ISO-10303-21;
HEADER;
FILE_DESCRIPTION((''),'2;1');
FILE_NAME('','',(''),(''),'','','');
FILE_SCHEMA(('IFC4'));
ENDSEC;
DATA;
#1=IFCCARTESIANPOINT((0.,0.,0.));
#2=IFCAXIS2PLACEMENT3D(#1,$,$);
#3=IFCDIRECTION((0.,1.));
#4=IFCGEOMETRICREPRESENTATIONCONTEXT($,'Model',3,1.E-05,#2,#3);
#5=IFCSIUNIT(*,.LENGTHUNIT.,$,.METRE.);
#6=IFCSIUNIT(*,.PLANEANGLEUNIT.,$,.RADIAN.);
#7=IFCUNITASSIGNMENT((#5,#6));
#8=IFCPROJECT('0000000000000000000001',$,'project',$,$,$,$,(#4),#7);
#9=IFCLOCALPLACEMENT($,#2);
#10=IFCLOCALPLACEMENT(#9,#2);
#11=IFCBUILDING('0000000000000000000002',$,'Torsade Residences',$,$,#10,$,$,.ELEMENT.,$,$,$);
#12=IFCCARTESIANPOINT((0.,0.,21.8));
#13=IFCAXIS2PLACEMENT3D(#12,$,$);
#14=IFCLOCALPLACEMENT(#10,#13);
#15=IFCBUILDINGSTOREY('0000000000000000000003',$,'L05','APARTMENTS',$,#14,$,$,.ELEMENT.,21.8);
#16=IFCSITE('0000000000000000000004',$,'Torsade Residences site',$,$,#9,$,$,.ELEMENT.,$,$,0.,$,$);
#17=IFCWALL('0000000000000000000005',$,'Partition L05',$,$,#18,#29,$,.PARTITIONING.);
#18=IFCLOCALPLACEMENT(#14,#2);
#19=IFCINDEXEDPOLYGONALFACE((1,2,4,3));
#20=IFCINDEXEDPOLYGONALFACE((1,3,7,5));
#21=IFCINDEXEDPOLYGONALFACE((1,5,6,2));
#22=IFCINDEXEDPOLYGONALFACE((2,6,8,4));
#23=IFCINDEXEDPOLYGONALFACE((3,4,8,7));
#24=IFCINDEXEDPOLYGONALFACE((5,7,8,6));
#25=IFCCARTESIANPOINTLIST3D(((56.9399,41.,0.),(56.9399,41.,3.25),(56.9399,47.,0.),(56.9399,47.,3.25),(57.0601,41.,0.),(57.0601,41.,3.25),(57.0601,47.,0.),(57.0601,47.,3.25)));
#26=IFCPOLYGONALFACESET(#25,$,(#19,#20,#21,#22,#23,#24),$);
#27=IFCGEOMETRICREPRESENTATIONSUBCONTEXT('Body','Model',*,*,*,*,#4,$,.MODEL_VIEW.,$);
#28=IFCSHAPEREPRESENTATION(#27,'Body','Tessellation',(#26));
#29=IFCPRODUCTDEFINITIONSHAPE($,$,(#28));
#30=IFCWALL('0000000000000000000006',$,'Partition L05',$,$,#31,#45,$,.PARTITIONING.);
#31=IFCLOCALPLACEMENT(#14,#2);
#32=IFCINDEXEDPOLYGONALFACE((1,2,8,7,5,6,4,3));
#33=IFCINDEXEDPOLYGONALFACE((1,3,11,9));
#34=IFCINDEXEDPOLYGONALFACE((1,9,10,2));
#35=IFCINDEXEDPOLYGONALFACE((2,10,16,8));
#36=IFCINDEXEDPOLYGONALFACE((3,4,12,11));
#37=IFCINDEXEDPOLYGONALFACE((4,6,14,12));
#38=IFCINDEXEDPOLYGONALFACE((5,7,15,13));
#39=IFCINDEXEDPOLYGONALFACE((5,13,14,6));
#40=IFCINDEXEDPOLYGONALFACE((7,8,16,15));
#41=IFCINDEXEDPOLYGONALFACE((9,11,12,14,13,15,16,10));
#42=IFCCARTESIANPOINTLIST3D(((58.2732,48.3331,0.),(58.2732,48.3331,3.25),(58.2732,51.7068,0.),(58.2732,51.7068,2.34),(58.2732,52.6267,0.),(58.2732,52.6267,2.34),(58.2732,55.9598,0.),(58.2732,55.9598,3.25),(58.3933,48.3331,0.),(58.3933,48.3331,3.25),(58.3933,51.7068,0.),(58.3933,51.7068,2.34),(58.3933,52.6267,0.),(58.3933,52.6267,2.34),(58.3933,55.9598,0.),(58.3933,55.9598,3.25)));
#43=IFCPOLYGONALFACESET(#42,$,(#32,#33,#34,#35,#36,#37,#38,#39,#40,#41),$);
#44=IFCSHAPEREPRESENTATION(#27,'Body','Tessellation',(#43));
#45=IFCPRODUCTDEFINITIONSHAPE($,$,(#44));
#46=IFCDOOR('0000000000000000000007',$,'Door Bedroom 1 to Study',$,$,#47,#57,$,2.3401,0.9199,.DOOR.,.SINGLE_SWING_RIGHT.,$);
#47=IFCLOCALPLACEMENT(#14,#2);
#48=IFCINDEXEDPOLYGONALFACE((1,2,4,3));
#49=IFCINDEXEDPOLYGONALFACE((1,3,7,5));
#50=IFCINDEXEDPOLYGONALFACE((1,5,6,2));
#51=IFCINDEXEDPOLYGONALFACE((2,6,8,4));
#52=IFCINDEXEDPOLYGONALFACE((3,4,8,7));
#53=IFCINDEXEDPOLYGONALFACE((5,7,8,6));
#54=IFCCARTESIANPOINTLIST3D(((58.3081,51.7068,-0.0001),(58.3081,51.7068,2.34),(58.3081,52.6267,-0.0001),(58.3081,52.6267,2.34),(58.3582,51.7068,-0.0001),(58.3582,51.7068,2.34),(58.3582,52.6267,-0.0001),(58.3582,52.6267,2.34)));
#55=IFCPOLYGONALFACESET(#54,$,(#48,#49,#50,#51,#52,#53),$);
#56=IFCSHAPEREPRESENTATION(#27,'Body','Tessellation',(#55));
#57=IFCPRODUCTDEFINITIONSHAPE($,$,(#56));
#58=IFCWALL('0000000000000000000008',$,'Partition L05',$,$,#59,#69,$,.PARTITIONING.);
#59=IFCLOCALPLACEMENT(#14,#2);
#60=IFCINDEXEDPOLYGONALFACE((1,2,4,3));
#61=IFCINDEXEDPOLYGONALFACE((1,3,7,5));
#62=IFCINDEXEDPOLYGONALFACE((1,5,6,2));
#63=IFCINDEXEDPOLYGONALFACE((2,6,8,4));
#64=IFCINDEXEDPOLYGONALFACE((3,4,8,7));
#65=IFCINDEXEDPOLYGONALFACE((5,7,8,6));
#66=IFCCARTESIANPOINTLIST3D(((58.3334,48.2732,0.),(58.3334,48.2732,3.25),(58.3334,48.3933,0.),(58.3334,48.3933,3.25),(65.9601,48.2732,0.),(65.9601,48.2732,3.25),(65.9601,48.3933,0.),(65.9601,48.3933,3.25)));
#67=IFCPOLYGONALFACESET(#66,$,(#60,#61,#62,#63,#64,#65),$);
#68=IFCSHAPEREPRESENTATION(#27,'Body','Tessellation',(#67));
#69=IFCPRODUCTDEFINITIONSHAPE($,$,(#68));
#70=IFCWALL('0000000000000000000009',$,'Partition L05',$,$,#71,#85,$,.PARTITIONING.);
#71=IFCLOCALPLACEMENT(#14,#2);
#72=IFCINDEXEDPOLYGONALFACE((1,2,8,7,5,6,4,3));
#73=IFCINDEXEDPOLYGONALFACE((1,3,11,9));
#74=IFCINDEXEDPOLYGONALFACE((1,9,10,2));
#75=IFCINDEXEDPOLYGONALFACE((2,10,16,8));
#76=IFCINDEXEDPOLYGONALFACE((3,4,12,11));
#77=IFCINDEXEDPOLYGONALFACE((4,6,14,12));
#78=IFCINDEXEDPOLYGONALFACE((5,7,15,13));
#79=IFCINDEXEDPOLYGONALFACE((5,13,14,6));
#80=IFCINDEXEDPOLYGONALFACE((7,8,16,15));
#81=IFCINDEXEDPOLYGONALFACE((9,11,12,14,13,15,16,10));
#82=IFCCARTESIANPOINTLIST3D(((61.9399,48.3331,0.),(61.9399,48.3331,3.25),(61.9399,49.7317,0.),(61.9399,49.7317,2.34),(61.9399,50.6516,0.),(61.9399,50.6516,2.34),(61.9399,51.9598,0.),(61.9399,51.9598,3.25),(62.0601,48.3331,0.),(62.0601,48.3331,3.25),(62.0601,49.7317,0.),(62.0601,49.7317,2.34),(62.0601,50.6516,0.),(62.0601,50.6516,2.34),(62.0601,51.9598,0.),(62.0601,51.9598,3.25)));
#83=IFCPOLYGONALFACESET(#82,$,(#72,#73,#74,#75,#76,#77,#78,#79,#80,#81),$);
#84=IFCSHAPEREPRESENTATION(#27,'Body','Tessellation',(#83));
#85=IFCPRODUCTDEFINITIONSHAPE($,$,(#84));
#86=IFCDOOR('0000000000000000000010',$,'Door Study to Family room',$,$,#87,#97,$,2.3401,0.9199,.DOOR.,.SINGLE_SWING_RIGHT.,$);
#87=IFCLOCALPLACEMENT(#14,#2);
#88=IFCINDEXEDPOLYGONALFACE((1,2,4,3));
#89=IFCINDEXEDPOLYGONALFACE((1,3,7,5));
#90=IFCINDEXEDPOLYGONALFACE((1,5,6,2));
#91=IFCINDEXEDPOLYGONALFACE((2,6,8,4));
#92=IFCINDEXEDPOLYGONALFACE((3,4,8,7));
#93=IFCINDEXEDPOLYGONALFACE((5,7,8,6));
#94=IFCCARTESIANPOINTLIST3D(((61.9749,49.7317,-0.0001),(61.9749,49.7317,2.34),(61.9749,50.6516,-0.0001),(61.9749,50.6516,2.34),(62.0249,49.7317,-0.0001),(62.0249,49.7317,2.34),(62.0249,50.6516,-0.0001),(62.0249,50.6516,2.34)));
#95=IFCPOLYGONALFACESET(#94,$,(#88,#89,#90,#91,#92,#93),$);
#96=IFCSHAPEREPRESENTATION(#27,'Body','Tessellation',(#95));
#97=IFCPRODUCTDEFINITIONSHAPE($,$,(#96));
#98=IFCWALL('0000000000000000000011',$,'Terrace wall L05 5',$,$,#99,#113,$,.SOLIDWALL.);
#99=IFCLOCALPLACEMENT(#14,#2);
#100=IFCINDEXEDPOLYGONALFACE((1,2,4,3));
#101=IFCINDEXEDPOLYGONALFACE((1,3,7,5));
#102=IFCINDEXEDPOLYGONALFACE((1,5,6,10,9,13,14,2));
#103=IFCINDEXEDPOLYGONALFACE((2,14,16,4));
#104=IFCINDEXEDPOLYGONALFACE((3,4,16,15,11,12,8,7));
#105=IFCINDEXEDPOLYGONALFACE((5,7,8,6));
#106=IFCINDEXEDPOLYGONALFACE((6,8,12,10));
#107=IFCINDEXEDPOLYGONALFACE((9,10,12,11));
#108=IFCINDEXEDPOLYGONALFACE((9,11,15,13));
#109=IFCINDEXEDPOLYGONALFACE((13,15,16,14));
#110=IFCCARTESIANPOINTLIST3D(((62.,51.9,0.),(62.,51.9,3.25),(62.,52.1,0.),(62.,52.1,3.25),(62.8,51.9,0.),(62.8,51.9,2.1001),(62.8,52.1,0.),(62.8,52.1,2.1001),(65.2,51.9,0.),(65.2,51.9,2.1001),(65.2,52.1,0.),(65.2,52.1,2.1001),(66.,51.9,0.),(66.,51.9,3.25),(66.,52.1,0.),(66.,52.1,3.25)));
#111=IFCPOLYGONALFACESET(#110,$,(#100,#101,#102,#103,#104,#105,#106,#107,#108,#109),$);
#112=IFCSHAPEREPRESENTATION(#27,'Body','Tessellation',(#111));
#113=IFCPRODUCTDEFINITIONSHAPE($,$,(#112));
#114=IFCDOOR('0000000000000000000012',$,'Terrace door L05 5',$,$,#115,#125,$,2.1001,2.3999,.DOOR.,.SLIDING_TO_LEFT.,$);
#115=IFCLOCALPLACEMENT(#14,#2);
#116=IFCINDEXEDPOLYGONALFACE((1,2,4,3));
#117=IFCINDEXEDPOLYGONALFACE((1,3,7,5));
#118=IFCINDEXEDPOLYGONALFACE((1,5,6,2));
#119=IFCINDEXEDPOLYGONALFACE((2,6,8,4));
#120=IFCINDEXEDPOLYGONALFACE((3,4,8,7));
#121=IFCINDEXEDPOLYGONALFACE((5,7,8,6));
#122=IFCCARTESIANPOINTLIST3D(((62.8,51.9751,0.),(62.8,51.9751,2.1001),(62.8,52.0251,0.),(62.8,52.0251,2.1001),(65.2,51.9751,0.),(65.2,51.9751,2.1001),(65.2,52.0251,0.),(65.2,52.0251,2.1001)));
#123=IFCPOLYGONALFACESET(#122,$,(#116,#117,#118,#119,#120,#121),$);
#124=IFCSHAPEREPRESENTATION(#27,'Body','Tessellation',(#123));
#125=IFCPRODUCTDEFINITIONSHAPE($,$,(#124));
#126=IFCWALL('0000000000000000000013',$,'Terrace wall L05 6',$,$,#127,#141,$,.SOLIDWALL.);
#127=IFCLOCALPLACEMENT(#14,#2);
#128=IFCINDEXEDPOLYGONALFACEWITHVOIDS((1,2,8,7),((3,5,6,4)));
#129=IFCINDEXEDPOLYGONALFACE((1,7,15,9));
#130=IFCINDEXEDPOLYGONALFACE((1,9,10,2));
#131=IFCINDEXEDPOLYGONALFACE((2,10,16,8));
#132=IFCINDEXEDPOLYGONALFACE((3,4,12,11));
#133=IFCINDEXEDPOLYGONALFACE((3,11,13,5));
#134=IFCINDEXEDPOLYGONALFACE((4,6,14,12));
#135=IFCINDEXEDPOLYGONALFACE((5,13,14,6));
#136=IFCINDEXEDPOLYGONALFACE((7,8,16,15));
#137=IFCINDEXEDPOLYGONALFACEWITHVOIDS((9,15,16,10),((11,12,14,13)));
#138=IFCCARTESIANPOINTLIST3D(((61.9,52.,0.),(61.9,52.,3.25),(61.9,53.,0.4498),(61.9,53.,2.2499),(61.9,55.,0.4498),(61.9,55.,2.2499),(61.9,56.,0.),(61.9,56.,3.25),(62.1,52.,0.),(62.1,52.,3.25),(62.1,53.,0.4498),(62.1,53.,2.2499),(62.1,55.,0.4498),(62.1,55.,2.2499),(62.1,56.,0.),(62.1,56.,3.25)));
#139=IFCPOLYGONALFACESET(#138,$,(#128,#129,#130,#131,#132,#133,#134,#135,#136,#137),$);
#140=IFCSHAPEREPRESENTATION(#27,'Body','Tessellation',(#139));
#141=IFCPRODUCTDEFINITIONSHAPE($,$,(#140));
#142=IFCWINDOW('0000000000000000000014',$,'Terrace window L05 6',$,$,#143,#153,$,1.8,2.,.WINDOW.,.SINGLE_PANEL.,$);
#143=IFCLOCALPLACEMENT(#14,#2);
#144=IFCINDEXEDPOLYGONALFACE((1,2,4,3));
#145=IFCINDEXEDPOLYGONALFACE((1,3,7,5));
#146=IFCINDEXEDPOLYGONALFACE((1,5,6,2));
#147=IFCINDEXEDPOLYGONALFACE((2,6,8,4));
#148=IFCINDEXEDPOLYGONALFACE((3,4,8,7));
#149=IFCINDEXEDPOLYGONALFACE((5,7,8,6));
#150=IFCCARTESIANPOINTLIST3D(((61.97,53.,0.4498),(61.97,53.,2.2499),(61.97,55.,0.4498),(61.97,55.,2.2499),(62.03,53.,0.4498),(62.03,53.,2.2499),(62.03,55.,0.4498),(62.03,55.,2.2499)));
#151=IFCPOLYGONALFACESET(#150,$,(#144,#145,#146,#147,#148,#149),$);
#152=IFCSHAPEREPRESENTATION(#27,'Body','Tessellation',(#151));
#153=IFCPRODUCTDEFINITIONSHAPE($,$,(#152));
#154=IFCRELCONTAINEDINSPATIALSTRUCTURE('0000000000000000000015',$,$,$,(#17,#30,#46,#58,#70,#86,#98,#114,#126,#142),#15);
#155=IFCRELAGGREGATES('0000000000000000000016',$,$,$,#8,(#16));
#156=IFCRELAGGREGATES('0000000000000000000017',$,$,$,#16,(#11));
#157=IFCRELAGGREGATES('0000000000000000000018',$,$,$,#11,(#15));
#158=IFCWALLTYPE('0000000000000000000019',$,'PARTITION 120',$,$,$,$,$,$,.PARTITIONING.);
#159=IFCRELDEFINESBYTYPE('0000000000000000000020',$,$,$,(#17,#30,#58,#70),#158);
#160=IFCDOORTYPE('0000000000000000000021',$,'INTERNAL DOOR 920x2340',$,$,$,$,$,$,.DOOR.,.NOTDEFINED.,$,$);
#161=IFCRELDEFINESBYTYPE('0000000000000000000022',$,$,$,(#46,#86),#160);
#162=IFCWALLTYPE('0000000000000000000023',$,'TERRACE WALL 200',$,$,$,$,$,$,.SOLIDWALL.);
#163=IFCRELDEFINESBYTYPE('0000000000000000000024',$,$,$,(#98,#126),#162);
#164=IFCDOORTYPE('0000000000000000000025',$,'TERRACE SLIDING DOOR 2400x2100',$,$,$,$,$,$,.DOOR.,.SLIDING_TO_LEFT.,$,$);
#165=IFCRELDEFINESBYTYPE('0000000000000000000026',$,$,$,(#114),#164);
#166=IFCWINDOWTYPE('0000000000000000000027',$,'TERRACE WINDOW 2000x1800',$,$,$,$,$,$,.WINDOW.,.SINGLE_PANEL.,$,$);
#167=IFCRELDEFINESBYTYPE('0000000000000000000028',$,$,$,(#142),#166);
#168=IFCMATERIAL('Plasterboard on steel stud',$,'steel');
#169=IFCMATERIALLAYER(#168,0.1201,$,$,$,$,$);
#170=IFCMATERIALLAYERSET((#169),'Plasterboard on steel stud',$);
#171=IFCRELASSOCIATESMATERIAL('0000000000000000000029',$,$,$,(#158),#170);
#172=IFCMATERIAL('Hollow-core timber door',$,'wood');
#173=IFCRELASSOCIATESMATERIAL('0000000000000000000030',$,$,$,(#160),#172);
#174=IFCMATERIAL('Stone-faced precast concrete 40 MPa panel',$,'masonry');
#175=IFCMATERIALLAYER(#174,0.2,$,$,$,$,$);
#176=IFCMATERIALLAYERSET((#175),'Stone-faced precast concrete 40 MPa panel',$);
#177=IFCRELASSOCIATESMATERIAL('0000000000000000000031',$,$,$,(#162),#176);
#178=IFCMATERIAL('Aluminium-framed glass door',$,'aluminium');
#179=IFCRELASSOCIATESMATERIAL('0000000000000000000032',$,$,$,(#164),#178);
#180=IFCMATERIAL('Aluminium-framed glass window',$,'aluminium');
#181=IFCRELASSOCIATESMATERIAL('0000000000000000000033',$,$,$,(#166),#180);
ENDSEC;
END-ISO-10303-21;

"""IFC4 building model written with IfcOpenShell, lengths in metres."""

from ifc_helpers import new_model, si_unit, direction, frame, frame_2d, origin, place, context, subcontext, project, spatial, rectangle, extrude, material, layer, layer_set, type_object, element, fill, save


model = new_model("IFC4")

# Units and contexts
model_context = context("Model", 3, precision=1e-05, world=origin(), true_north=direction((0.0, 1.0)))
body_context = subcontext(model_context, "Body", "Model", "MODEL_VIEW")
ifc_project = project(units=[si_unit("LENGTHUNIT", "METRE"), si_unit("PLANEANGLEUNIT", "RADIAN")], contexts=[model_context])

# Site, building, storey
site_placement = place(None, origin())
site = spatial("IfcSite", under=ifc_project, at=site_placement, Name="Torsade Residences site", CompositionType="ELEMENT", RefElevation=0.0)
building_placement = place(site_placement, origin())
building = spatial("IfcBuilding", under=site, at=building_placement, Name="Torsade Residences", CompositionType="ELEMENT")
storey_placement = place(building_placement, frame((0.0, 0.0, 21.8)))
storey = spatial("IfcBuildingStorey", under=building, at=storey_placement, Name="L05", Description="APARTMENTS", CompositionType="ELEMENT", Elevation=21.8)

# Shared definitions
ifc_material_1 = material(Name="Plasterboard on steel stud", Category="steel")
ifc_layer_1 = layer(ifc_material_1, 0.1201)
ifc_layer_set_1 = layer_set([ifc_layer_1], Name="Plasterboard on steel stud")
wall_type_1 = type_object("IfcWallType", Name="PARTITION 120", PredefinedType="PARTITIONING", material=ifc_layer_set_1)

# Wall
wall_1_placement = place(storey_placement, frame((57.0, 47.0, 0.0), z_axis=(0.0, 0.0, 1.0), x_axis=(0.0, -1.0, 0.0)))
element("IfcWall", 1, at=wall_1_placement, inside=storey, type_object=wall_type_1, Name="Partition L05", PredefinedType="PARTITIONING", context=body_context, shape_type="SweptSolid", body=[
    extrude(rectangle(XDim=6.0, YDim=0.1201, at=frame_2d((3.0, 0.0))), origin(), (0.0, 0.0, 1.0), 3.25),
])

# Wall, opening, door
wall_2_placement = place(storey_placement, frame((58.3333, 55.96, 0.0), z_axis=(0.0, 0.0, 1.0), x_axis=(0.0, -1.0, 0.0)))
wall_2 = element("IfcWall", 2, at=wall_2_placement, inside=storey, type_object=wall_type_1, Name="Partition L05", PredefinedType="PARTITIONING", context=body_context, shape_type="SweptSolid", body=[
    extrude(rectangle(XDim=7.6267, YDim=0.1201, at=frame_2d((3.8135, 0.0))), origin(), (0.0, 0.0, 1.0), 3.25),
])
opening_1_placement = place(wall_2_placement, frame((3.3333, 0.0, 0.0)))
opening_1 = element("IfcOpeningElement", 3, at=opening_1_placement, cuts=wall_2, PredefinedType="OPENING", context=body_context, shape_type="SweptSolid", body=[
    extrude(rectangle(XDim=0.9199, YDim=2.3401, at=frame_2d((0.46, 1.1699))), frame((0.0, 0.0701, 0.0), z_axis=(0.0, -1.0, 0.0), x_axis=(1.0, 0.0, 0.0)), (0.0, 0.0, 1.0), 0.1401),
])
ifc_material_2 = material(Name="Hollow-core timber door", Category="wood")
door_type_1 = type_object("IfcDoorType", Name="INTERNAL DOOR 920x2340", OperationType="NOTDEFINED", PredefinedType="DOOR", material=ifc_material_2)
door_1_placement = place(opening_1_placement, origin())
door_1 = element("IfcDoor", 4, at=door_1_placement, inside=storey, type_object=door_type_1, Name="Door Bedroom 1 to Study", OperationType="SINGLE_SWING_RIGHT", OverallHeight=2.3401, OverallWidth=0.9199, PredefinedType="DOOR", context=body_context, shape_type="SweptSolid", body=[
    extrude(rectangle(XDim=0.9199, YDim=2.3401, at=frame_2d((0.46, 1.1699))), frame((0.0, 0.0249, 0.0), z_axis=(0.0, -1.0, 0.0), x_axis=(1.0, 0.0, 0.0)), (0.0, 0.0, 1.0), 0.05),
])
fill(opening_1, door_1)

# Wall
wall_3_placement = place(storey_placement, frame((58.3333, 48.3333, 0.0), z_axis=(0.0, 0.0, 1.0), x_axis=(1.0, 0.0, 0.0)))
element("IfcWall", 5, at=wall_3_placement, inside=storey, type_object=wall_type_1, Name="Partition L05", PredefinedType="PARTITIONING", context=body_context, shape_type="SweptSolid", body=[
    extrude(rectangle(XDim=7.6267, YDim=0.1201, at=frame_2d((3.8135, 0.0))), origin(), (0.0, 0.0, 1.0), 3.25),
])

# Walls, openings, doors
wall_4_placement = place(storey_placement, frame((62.0, 51.96, 0.0), z_axis=(0.0, 0.0, 1.0), x_axis=(0.0, -1.0, 0.0)))
wall_4 = element("IfcWall", 6, at=wall_4_placement, inside=storey, type_object=wall_type_1, Name="Partition L05", PredefinedType="PARTITIONING", context=body_context, shape_type="SweptSolid", body=[
    extrude(rectangle(XDim=3.6267, YDim=0.1201, at=frame_2d((1.8135, 0.0))), origin(), (0.0, 0.0, 1.0), 3.25),
])
opening_2_placement = place(wall_4_placement, frame((1.3083, 0.0, 0.0)))
opening_2 = element("IfcOpeningElement", 7, at=opening_2_placement, cuts=wall_4, PredefinedType="OPENING", context=body_context, shape_type="SweptSolid", body=[
    extrude(rectangle(XDim=0.9199, YDim=2.3401, at=frame_2d((0.46, 1.1699))), frame((0.0, 0.0701, 0.0), z_axis=(0.0, -1.0, 0.0), x_axis=(1.0, 0.0, 0.0)), (0.0, 0.0, 1.0), 0.1401),
])
door_2_placement = place(opening_2_placement, origin())
door_2 = element("IfcDoor", 8, at=door_2_placement, inside=storey, type_object=door_type_1, Name="Door Study to Family room", OperationType="SINGLE_SWING_RIGHT", OverallHeight=2.3401, OverallWidth=0.9199, PredefinedType="DOOR", context=body_context, shape_type="SweptSolid", body=[
    extrude(rectangle(XDim=0.9199, YDim=2.3401, at=frame_2d((0.46, 1.1699))), frame((0.0, 0.0249, 0.0), z_axis=(0.0, -1.0, 0.0), x_axis=(1.0, 0.0, 0.0)), (0.0, 0.0, 1.0), 0.05),
])
fill(opening_2, door_2)
ifc_material_3 = material(Name="Stone-faced precast concrete 40 MPa panel", Category="masonry")
ifc_layer_2 = layer(ifc_material_3, 0.2)
ifc_layer_set_2 = layer_set([ifc_layer_2], Name="Stone-faced precast concrete 40 MPa panel")
wall_type_2 = type_object("IfcWallType", Name="TERRACE WALL 200", PredefinedType="SOLIDWALL", material=ifc_layer_set_2)
wall_5_placement = place(storey_placement, frame((66.0, 52.0, 0.0), z_axis=(0.0, 0.0, 1.0), x_axis=(-1.0, 0.0, 0.0)))
wall_5 = element("IfcWall", 9, at=wall_5_placement, inside=storey, type_object=wall_type_2, Name="Terrace wall L05 5", PredefinedType="SOLIDWALL", context=body_context, shape_type="SweptSolid", body=[
    extrude(rectangle(XDim=4.0, YDim=0.2, at=frame_2d((2.0, 0.0))), origin(), (0.0, 0.0, 1.0), 3.25),
])
opening_3_placement = place(wall_5_placement, frame((0.8, 0.0, 0.0)))
opening_3 = element("IfcOpeningElement", 10, at=opening_3_placement, cuts=wall_5, PredefinedType="OPENING", context=body_context, shape_type="SweptSolid", body=[
    extrude(rectangle(XDim=2.3999, YDim=2.1001, at=frame_2d((1.2, 1.05))), frame((0.0, 0.1099, 0.0), z_axis=(0.0, -1.0, 0.0), x_axis=(1.0, 0.0, 0.0)), (0.0, 0.0, 1.0), 0.22),
])
ifc_material_4 = material(Name="Aluminium-framed glass door", Category="aluminium")
door_type_2 = type_object("IfcDoorType", Name="TERRACE SLIDING DOOR 2400x2100", OperationType="SLIDING_TO_LEFT", PredefinedType="DOOR", material=ifc_material_4)
door_3_placement = place(opening_3_placement, origin())
door_3 = element("IfcDoor", 11, at=door_3_placement, inside=storey, type_object=door_type_2, Name="Terrace door L05 5", OperationType="SLIDING_TO_LEFT", OverallHeight=2.1001, OverallWidth=2.3999, PredefinedType="DOOR", context=body_context, shape_type="SweptSolid", body=[
    extrude(rectangle(XDim=2.3999, YDim=2.1001, at=frame_2d((1.2, 1.05))), frame((0.0, 0.0249, 0.0), z_axis=(0.0, -1.0, 0.0), x_axis=(1.0, 0.0, 0.0)), (0.0, 0.0, 1.0), 0.05),
])
fill(opening_3, door_3)

# Wall, opening, window
wall_6_placement = place(storey_placement, frame((62.0, 52.0, 0.0), z_axis=(0.0, 0.0, 1.0), x_axis=(0.0, 1.0, 0.0)))
wall_6 = element("IfcWall", 12, at=wall_6_placement, inside=storey, type_object=wall_type_2, Name="Terrace wall L05 6", PredefinedType="SOLIDWALL", context=body_context, shape_type="SweptSolid", body=[
    extrude(rectangle(XDim=4.0, YDim=0.2, at=frame_2d((2.0, 0.0))), origin(), (0.0, 0.0, 1.0), 3.25),
])
opening_4_placement = place(wall_6_placement, frame((1.0, 0.0, 0.45)))
opening_4 = element("IfcOpeningElement", 13, at=opening_4_placement, cuts=wall_6, PredefinedType="OPENING", context=body_context, shape_type="SweptSolid", body=[
    extrude(rectangle(XDim=2.0, YDim=1.8, at=frame_2d((1.0, 0.8999))), frame((0.0, 0.1099, 0.0), z_axis=(0.0, -1.0, 0.0), x_axis=(1.0, 0.0, 0.0)), (0.0, 0.0, 1.0), 0.22),
])
ifc_material_5 = material(Name="Aluminium-framed glass window", Category="aluminium")
window_type = type_object("IfcWindowType", Name="TERRACE WINDOW 2000x1800", PartitioningType="SINGLE_PANEL", PredefinedType="WINDOW", material=ifc_material_5)
window_placement = place(opening_4_placement, origin())
window = element("IfcWindow", 14, at=window_placement, inside=storey, type_object=window_type, Name="Terrace window L05 6", OverallHeight=1.8, OverallWidth=2.0, PartitioningType="SINGLE_PANEL", PredefinedType="WINDOW", context=body_context, shape_type="SweptSolid", body=[
    extrude(rectangle(XDim=2.0, YDim=1.8, at=frame_2d((1.0, 0.8999))), frame((0.0, 0.03, 0.0), z_axis=(0.0, -1.0, 0.0), x_axis=(1.0, 0.0, 0.0)), (0.0, 0.0, 1.0), 0.0601),
])
fill(opening_4, window)

save(model, "model.ifc")
